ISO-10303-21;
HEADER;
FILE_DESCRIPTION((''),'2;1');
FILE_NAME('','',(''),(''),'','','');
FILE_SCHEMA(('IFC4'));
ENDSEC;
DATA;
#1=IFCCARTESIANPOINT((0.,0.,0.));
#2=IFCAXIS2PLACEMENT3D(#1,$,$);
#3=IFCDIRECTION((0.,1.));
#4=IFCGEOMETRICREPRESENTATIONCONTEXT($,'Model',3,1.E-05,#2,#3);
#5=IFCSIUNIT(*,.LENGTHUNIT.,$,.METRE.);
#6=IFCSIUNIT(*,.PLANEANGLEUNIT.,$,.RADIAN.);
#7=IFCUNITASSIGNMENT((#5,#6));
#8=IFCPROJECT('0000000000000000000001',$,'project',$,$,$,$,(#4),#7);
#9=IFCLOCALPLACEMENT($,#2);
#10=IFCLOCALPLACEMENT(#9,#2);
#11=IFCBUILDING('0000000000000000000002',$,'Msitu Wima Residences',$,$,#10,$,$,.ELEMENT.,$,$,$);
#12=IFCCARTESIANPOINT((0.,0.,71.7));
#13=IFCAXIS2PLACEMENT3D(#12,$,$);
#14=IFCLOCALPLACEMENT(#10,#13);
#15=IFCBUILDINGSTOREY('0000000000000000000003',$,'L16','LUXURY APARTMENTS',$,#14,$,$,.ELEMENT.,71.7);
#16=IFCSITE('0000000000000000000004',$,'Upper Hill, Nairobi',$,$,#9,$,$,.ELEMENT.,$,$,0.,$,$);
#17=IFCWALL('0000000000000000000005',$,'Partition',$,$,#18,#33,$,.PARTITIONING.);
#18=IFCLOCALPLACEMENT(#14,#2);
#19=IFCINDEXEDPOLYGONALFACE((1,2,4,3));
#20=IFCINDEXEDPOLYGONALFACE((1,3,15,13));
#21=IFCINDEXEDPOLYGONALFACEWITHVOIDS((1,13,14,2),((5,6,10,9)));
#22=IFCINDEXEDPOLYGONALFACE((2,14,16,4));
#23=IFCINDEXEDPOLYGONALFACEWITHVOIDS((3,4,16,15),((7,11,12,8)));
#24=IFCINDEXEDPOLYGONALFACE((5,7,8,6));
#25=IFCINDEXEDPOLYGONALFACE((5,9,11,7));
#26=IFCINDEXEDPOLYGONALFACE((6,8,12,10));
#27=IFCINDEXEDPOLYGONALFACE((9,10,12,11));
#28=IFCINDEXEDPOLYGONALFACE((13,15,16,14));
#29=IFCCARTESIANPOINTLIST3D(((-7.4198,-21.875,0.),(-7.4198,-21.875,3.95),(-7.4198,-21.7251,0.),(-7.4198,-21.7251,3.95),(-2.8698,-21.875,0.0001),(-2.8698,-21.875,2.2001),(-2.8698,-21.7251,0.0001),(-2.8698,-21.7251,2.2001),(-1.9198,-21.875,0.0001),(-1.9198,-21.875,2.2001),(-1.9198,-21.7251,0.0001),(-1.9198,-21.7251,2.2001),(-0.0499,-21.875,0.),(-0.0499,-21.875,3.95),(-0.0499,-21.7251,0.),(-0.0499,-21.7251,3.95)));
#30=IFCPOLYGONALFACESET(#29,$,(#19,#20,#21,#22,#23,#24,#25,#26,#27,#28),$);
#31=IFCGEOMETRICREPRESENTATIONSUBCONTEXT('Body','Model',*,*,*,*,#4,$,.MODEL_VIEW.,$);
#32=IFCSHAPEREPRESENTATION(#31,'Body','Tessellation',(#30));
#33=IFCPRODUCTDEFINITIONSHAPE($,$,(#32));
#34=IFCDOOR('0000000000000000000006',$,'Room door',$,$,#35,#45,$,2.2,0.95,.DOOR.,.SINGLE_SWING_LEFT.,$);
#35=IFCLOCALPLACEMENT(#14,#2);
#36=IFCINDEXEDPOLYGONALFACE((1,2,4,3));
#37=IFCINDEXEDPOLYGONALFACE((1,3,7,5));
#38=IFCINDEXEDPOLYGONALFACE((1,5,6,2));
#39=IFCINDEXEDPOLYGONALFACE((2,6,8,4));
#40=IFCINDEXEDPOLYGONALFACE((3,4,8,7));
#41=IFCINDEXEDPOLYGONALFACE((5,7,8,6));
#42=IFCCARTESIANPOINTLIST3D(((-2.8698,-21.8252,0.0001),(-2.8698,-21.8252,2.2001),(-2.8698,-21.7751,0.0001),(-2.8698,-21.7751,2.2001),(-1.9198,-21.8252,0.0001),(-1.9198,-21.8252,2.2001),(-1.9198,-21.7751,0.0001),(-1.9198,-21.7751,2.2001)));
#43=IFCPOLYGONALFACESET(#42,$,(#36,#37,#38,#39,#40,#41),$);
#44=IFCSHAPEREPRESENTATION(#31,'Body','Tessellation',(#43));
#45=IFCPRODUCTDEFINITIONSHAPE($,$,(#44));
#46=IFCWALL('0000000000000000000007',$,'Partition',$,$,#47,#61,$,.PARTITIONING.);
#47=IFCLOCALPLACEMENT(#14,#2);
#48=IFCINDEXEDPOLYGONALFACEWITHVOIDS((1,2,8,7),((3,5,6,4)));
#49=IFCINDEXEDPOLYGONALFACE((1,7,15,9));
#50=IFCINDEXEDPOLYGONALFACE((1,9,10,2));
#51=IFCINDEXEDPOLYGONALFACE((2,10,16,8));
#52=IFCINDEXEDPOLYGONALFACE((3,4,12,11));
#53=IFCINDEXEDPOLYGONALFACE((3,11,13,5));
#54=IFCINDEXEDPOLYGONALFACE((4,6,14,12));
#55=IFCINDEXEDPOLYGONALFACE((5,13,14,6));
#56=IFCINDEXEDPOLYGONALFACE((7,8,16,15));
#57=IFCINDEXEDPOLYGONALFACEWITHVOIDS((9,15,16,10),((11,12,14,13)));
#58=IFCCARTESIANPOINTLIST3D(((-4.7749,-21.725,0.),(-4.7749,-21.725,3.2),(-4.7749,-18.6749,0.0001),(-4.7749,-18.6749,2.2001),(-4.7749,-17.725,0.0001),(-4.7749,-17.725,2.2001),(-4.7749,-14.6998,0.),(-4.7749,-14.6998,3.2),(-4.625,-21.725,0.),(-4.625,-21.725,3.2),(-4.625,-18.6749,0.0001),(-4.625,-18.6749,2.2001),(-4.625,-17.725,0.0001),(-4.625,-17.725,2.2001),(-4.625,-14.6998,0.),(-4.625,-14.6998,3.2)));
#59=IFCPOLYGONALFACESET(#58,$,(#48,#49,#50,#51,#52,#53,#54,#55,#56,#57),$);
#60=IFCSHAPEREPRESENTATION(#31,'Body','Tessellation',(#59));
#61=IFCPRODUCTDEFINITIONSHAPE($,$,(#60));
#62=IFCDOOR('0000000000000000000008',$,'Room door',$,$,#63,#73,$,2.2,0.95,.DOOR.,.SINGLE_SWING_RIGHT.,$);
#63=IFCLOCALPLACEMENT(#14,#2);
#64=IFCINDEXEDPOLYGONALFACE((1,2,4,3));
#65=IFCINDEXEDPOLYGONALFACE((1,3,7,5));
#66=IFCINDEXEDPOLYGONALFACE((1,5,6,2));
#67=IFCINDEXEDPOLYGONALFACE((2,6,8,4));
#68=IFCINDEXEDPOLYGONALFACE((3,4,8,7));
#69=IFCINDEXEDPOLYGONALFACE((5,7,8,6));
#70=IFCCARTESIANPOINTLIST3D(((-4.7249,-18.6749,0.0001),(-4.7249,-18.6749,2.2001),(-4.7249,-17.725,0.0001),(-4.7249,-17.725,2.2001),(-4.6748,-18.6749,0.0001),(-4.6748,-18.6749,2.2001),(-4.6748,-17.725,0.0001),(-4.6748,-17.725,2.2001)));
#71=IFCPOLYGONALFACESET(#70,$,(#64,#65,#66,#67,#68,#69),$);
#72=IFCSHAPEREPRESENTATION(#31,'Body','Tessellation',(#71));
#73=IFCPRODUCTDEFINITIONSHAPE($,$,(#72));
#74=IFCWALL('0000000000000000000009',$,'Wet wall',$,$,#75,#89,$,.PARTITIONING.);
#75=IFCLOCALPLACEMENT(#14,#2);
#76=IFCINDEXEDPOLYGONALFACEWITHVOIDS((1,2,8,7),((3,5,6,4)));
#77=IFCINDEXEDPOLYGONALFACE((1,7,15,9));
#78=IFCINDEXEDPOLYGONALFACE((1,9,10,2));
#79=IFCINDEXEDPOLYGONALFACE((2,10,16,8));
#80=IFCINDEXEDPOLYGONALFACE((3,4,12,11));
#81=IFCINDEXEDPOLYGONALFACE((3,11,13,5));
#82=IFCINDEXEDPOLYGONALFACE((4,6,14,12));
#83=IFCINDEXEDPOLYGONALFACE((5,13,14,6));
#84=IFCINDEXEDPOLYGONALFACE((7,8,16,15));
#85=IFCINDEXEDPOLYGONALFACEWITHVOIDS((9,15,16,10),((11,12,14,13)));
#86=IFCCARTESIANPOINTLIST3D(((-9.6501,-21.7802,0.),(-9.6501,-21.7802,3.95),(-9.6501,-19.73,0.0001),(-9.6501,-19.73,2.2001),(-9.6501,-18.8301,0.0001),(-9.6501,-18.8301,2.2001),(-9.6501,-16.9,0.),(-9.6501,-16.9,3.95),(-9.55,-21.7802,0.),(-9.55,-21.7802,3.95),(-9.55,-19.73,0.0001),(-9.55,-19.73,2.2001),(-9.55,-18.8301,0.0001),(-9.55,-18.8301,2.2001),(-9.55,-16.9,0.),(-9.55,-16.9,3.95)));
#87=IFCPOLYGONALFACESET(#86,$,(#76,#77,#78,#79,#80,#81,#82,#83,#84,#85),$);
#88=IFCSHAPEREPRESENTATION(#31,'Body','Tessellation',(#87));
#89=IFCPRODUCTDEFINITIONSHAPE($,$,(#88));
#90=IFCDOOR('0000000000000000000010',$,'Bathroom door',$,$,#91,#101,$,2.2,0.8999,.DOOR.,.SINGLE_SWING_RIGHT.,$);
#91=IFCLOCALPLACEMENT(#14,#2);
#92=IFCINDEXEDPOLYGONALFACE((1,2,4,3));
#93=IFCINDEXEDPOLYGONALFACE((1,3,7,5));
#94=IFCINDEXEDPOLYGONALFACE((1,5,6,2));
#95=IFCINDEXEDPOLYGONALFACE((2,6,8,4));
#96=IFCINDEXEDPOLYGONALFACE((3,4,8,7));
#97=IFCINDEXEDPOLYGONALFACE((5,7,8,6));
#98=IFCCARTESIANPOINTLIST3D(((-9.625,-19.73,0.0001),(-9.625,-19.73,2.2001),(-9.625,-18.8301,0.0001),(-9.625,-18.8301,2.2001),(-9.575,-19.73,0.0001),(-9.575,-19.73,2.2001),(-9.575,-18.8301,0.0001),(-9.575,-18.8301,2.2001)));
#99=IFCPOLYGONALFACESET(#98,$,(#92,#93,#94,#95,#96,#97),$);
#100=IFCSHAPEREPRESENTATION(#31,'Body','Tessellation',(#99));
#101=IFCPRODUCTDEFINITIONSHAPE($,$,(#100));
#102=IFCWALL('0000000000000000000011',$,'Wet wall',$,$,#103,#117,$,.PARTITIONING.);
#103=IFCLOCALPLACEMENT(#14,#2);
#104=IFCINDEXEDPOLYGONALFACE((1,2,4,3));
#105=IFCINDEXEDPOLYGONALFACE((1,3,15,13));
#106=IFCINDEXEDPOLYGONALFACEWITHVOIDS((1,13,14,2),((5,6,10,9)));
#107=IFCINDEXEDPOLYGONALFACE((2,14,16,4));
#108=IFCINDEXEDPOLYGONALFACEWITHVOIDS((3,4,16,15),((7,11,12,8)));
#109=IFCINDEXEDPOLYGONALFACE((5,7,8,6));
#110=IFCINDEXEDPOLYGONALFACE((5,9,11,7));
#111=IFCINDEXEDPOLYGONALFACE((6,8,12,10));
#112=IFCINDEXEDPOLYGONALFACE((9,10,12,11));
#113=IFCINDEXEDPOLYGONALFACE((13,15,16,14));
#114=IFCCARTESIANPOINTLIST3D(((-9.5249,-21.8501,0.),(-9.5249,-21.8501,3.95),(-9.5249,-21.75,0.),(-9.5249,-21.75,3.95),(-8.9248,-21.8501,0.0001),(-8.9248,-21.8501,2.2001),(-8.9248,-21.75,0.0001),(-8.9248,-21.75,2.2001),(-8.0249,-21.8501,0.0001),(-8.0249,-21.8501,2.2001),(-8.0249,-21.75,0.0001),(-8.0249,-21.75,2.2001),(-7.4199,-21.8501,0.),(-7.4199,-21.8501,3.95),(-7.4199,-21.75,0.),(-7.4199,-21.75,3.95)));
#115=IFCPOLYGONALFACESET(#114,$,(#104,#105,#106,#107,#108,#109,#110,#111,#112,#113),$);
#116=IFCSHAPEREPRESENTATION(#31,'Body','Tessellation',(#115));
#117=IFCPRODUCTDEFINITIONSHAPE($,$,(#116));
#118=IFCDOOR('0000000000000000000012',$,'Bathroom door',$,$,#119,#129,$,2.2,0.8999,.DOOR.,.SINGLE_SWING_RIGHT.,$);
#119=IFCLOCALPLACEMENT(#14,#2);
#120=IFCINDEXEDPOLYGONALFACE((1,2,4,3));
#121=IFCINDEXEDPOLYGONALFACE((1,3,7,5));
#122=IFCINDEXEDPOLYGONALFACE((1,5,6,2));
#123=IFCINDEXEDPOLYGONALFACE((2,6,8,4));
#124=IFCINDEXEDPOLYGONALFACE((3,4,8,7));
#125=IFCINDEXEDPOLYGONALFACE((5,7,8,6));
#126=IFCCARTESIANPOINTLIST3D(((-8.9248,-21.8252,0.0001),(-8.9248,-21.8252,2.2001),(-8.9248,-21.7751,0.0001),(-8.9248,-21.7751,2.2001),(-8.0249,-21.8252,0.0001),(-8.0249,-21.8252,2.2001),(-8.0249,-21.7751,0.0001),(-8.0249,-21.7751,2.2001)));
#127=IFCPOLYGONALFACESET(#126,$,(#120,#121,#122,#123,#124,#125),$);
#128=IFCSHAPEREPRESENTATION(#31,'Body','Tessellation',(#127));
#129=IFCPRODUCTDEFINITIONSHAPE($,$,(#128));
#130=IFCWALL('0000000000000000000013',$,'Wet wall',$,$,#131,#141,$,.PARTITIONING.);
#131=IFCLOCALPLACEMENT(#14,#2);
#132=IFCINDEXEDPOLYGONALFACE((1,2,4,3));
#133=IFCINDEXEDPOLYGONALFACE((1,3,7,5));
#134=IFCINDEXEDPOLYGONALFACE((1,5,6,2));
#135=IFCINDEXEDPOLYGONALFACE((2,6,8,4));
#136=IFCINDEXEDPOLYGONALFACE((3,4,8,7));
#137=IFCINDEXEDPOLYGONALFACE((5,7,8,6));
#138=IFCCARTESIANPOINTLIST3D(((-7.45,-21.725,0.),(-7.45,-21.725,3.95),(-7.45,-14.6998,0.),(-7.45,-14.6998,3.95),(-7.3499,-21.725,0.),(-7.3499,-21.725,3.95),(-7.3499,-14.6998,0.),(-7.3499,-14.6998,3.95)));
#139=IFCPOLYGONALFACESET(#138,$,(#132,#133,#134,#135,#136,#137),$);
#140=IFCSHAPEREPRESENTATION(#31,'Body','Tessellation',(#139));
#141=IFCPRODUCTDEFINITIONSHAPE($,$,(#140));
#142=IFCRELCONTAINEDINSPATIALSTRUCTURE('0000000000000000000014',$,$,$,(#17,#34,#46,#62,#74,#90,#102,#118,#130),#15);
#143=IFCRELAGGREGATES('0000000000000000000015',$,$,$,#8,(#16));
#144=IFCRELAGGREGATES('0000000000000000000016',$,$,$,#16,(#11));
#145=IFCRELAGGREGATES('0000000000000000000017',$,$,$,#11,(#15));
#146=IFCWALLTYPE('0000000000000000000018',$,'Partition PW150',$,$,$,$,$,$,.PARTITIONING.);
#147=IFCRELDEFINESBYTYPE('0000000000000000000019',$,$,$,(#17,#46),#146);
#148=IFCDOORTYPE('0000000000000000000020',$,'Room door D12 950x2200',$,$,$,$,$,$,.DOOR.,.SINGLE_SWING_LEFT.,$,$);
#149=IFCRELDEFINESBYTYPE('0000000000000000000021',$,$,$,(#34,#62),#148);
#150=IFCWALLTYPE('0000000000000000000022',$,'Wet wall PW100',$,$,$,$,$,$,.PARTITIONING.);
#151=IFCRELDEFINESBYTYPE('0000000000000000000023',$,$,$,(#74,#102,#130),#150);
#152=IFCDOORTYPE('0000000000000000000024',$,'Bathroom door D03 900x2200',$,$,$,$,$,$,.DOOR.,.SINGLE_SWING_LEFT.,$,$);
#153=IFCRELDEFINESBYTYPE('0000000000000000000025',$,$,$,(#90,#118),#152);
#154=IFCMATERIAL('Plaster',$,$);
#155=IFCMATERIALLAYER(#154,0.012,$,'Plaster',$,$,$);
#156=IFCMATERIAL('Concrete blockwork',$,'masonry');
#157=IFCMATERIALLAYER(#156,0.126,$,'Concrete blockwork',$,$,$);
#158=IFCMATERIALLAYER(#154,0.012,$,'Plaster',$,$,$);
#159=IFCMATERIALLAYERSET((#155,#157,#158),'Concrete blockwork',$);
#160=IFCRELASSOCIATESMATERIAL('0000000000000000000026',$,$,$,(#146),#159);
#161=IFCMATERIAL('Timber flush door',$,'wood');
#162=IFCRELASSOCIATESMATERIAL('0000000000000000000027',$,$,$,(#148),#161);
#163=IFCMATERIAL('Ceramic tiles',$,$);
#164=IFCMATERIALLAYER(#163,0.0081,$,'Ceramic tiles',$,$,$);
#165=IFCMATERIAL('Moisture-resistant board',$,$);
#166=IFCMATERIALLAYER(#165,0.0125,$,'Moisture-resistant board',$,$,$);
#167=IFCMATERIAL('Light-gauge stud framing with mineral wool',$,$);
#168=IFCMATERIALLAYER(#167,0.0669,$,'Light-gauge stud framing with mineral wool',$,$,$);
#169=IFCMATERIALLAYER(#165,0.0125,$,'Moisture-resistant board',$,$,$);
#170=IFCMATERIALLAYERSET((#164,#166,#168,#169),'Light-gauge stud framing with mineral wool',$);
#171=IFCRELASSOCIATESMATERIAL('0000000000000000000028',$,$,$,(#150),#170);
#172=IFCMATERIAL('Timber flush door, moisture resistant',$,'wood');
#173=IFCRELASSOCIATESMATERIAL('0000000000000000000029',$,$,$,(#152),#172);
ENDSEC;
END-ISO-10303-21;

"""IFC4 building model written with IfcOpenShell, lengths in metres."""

from ifc_helpers import new_model, si_unit, direction, frame, frame_2d, origin, place, context, subcontext, project, spatial, rectangle, extrude, material, layer, layer_set, type_object, element, fill, save


model = new_model("IFC4")

# Units and contexts
model_context = context("Model", 3, precision=1e-05, world=origin(), true_north=direction((0.0, 1.0)))
body_context = subcontext(model_context, "Body", "Model", "MODEL_VIEW")
ifc_project = project(units=[si_unit("LENGTHUNIT", "METRE"), si_unit("PLANEANGLEUNIT", "RADIAN")], contexts=[model_context])

# Site, building, storey
site_placement = place(None, origin())
site = spatial("IfcSite", under=ifc_project, at=site_placement, Name="Upper Hill, Nairobi", CompositionType="ELEMENT", RefElevation=0.0)
building_placement = place(site_placement, origin())
building = spatial("IfcBuilding", under=site, at=building_placement, Name="Msitu Wima Residences", CompositionType="ELEMENT")
storey_placement = place(building_placement, frame((0.0, 0.0, 71.7)))
storey = spatial("IfcBuildingStorey", under=building, at=storey_placement, Name="L16", Description="LUXURY APARTMENTS", CompositionType="ELEMENT", Elevation=71.7)

# Shared definitions
ifc_material_1 = material(Name="Plaster")
ifc_layer_1 = layer(ifc_material_1, 0.012, Name="Plaster")
ifc_material_2 = material(Name="Concrete blockwork", Category="masonry")
ifc_layer_2 = layer(ifc_material_2, 0.126, Name="Concrete blockwork")
ifc_layer_3 = layer(ifc_material_1, 0.012, Name="Plaster")
ifc_layer_set_1 = layer_set([ifc_layer_1, ifc_layer_2, ifc_layer_3], Name="Concrete blockwork")
wall_type_1 = type_object("IfcWallType", Name="Partition PW150", PredefinedType="PARTITIONING", material=ifc_layer_set_1)
ifc_material_3 = material(Name="Timber flush door", Category="wood")
door_type_1 = type_object("IfcDoorType", Name="Room door D12 950x2200", OperationType="SINGLE_SWING_LEFT", PredefinedType="DOOR", material=ifc_material_3)

# Walls, openings, doors
wall_1_placement = place(storey_placement, frame((-7.4199, -21.8, 0.0), z_axis=(0.0, 0.0, 1.0), x_axis=(1.0, 0.0, 0.0)))
wall_1 = element("IfcWall", 1, at=wall_1_placement, inside=storey, type_object=wall_type_1, Name="Partition", PredefinedType="PARTITIONING", context=body_context, shape_type="SweptSolid", body=[
    extrude(rectangle(XDim=7.3699, YDim=0.1499, at=frame_2d((3.6851, 0.0))), origin(), (0.0, 0.0, 1.0), 3.95),
])
opening_1_placement = place(wall_1_placement, frame((4.55, 0.0, 0.0)))
opening_1 = element("IfcOpeningElement", 2, at=opening_1_placement, cuts=wall_1, PredefinedType="OPENING", context=body_context, shape_type="SweptSolid", body=[
    extrude(rectangle(XDim=0.95, YDim=2.2, at=frame_2d((0.4751, 1.1001))), frame((0.0, 0.085, 0.0), z_axis=(0.0, -1.0, 0.0), x_axis=(1.0, 0.0, 0.0)), (0.0, 0.0, 1.0), 0.1699),
])
door_1_placement = place(opening_1_placement, origin())
door_1 = element("IfcDoor", 3, at=door_1_placement, inside=storey, type_object=door_type_1, Name="Room door", OperationType="SINGLE_SWING_LEFT", OverallHeight=2.2, OverallWidth=0.95, PredefinedType="DOOR", context=body_context, shape_type="SweptSolid", body=[
    extrude(rectangle(XDim=0.95, YDim=2.2, at=frame_2d((0.4751, 1.1001))), frame((0.0, 0.0249, 0.0), z_axis=(0.0, -1.0, 0.0), x_axis=(1.0, 0.0, 0.0)), (0.0, 0.0, 1.0), 0.05),
])
fill(opening_1, door_1)
wall_2_placement = place(storey_placement, frame((-4.7, -21.7251, 0.0), z_axis=(0.0, 0.0, 1.0), x_axis=(0.0, 1.0, 0.0)))
wall_2 = element("IfcWall", 4, at=wall_2_placement, inside=storey, type_object=wall_type_1, Name="Partition", PredefinedType="PARTITIONING", context=body_context, shape_type="SweptSolid", body=[
    extrude(rectangle(XDim=7.0251, YDim=0.1499, at=frame_2d((3.5127, 0.0))), origin(), (0.0, 0.0, 1.0), 3.2),
])
opening_2_placement = place(wall_2_placement, frame((3.05, 0.0, 0.0)))
opening_2 = element("IfcOpeningElement", 5, at=opening_2_placement, cuts=wall_2, PredefinedType="OPENING", context=body_context, shape_type="SweptSolid", body=[
    extrude(rectangle(XDim=0.95, YDim=2.2, at=frame_2d((0.4751, 1.1001))), frame((0.0, 0.085, 0.0), z_axis=(0.0, -1.0, 0.0), x_axis=(1.0, 0.0, 0.0)), (0.0, 0.0, 1.0), 0.1699),
])
door_2_placement = place(opening_2_placement, origin())
door_2 = element("IfcDoor", 6, at=door_2_placement, inside=storey, type_object=door_type_1, Name="Room door", OperationType="SINGLE_SWING_RIGHT", OverallHeight=2.2, OverallWidth=0.95, PredefinedType="DOOR", context=body_context, shape_type="SweptSolid", body=[
    extrude(rectangle(XDim=0.95, YDim=2.2, at=frame_2d((0.4751, 1.1001))), frame((0.0, 0.0249, 0.0), z_axis=(0.0, -1.0, 0.0), x_axis=(1.0, 0.0, 0.0)), (0.0, 0.0, 1.0), 0.05),
])
fill(opening_2, door_2)
ifc_material_4 = material(Name="Ceramic tiles")
ifc_layer_4 = layer(ifc_material_4, 0.0081, Name="Ceramic tiles")
ifc_material_5 = material(Name="Moisture-resistant board")
ifc_layer_5 = layer(ifc_material_5, 0.0125, Name="Moisture-resistant board")
ifc_material_6 = material(Name="Light-gauge stud framing with mineral wool")
ifc_layer_6 = layer(ifc_material_6, 0.0669, Name="Light-gauge stud framing with mineral wool")
ifc_layer_7 = layer(ifc_material_5, 0.0125, Name="Moisture-resistant board")
ifc_layer_set_2 = layer_set([ifc_layer_4, ifc_layer_5, ifc_layer_6, ifc_layer_7], Name="Light-gauge stud framing with mineral wool")
wall_type_2 = type_object("IfcWallType", Name="Wet wall PW100", PredefinedType="PARTITIONING", material=ifc_layer_set_2)
wall_3_placement = place(storey_placement, frame((-9.6001, -21.78, 0.0), z_axis=(0.0, 0.0, 1.0), x_axis=(0.0, 1.0, 0.0)))
wall_3 = element("IfcWall", 7, at=wall_3_placement, inside=storey, type_object=wall_type_2, Name="Wet wall", PredefinedType="PARTITIONING", context=body_context, shape_type="SweptSolid", body=[
    extrude(rectangle(XDim=4.8801, YDim=0.1001, at=frame_2d((2.4399, 0.0))), origin(), (0.0, 0.0, 1.0), 3.95),
])
opening_3_placement = place(wall_3_placement, frame((2.05, 0.0, 0.0)))
opening_3 = element("IfcOpeningElement", 8, at=opening_3_placement, cuts=wall_3, PredefinedType="OPENING", context=body_context, shape_type="SweptSolid", body=[
    extrude(rectangle(XDim=0.8999, YDim=2.2, at=frame_2d((0.45, 1.1001))), frame((0.0, 0.0601, 0.0), z_axis=(0.0, -1.0, 0.0), x_axis=(1.0, 0.0, 0.0)), (0.0, 0.0, 1.0), 0.1201),
])
ifc_material_7 = material(Name="Timber flush door, moisture resistant", Category="wood")
door_type_2 = type_object("IfcDoorType", Name="Bathroom door D03 900x2200", OperationType="SINGLE_SWING_LEFT", PredefinedType="DOOR", material=ifc_material_7)
door_3_placement = place(opening_3_placement, origin())
door_3 = element("IfcDoor", 9, at=door_3_placement, inside=storey, type_object=door_type_2, Name="Bathroom door", OperationType="SINGLE_SWING_RIGHT", OverallHeight=2.2, OverallWidth=0.8999, PredefinedType="DOOR", context=body_context, shape_type="SweptSolid", body=[
    extrude(rectangle(XDim=0.8999, YDim=2.2, at=frame_2d((0.45, 1.1001))), frame((0.0, 0.0249, 0.0), z_axis=(0.0, -1.0, 0.0), x_axis=(1.0, 0.0, 0.0)), (0.0, 0.0, 1.0), 0.05),
])
fill(opening_3, door_3)
wall_4_placement = place(storey_placement, frame((-9.5249, -21.8, 0.0), z_axis=(0.0, 0.0, 1.0), x_axis=(1.0, 0.0, 0.0)))
wall_4 = element("IfcWall", 10, at=wall_4_placement, inside=storey, type_object=wall_type_2, Name="Wet wall", PredefinedType="PARTITIONING", context=body_context, shape_type="SweptSolid", body=[
    extrude(rectangle(XDim=2.105, YDim=0.1001, at=frame_2d((1.0525, 0.0))), origin(), (0.0, 0.0, 1.0), 3.95),
])
opening_4_placement = place(wall_4_placement, frame((0.6001, 0.0, 0.0)))
opening_4 = element("IfcOpeningElement", 11, at=opening_4_placement, cuts=wall_4, PredefinedType="OPENING", context=body_context, shape_type="SweptSolid", body=[
    extrude(rectangle(XDim=0.8999, YDim=2.2, at=frame_2d((0.45, 1.1001))), frame((0.0, 0.0601, 0.0), z_axis=(0.0, -1.0, 0.0), x_axis=(1.0, 0.0, 0.0)), (0.0, 0.0, 1.0), 0.1201),
])
door_4_placement = place(opening_4_placement, origin())
door_4 = element("IfcDoor", 12, at=door_4_placement, inside=storey, type_object=door_type_2, Name="Bathroom door", OperationType="SINGLE_SWING_RIGHT", OverallHeight=2.2, OverallWidth=0.8999, PredefinedType="DOOR", context=body_context, shape_type="SweptSolid", body=[
    extrude(rectangle(XDim=0.8999, YDim=2.2, at=frame_2d((0.45, 1.1001))), frame((0.0, 0.0249, 0.0), z_axis=(0.0, -1.0, 0.0), x_axis=(1.0, 0.0, 0.0)), (0.0, 0.0, 1.0), 0.05),
])
fill(opening_4, door_4)

# Wall
wall_5_placement = place(storey_placement, frame((-7.3999, -21.7251, 0.0), z_axis=(0.0, 0.0, 1.0), x_axis=(0.0, 1.0, 0.0)))
element("IfcWall", 13, at=wall_5_placement, inside=storey, type_object=wall_type_2, Name="Wet wall", PredefinedType="PARTITIONING", context=body_context, shape_type="SweptSolid", body=[
    extrude(rectangle(XDim=7.0251, YDim=0.1001, at=frame_2d((3.5127, 0.0))), origin(), (0.0, 0.0, 1.0), 3.95),
])

save(model, "model.ifc")
